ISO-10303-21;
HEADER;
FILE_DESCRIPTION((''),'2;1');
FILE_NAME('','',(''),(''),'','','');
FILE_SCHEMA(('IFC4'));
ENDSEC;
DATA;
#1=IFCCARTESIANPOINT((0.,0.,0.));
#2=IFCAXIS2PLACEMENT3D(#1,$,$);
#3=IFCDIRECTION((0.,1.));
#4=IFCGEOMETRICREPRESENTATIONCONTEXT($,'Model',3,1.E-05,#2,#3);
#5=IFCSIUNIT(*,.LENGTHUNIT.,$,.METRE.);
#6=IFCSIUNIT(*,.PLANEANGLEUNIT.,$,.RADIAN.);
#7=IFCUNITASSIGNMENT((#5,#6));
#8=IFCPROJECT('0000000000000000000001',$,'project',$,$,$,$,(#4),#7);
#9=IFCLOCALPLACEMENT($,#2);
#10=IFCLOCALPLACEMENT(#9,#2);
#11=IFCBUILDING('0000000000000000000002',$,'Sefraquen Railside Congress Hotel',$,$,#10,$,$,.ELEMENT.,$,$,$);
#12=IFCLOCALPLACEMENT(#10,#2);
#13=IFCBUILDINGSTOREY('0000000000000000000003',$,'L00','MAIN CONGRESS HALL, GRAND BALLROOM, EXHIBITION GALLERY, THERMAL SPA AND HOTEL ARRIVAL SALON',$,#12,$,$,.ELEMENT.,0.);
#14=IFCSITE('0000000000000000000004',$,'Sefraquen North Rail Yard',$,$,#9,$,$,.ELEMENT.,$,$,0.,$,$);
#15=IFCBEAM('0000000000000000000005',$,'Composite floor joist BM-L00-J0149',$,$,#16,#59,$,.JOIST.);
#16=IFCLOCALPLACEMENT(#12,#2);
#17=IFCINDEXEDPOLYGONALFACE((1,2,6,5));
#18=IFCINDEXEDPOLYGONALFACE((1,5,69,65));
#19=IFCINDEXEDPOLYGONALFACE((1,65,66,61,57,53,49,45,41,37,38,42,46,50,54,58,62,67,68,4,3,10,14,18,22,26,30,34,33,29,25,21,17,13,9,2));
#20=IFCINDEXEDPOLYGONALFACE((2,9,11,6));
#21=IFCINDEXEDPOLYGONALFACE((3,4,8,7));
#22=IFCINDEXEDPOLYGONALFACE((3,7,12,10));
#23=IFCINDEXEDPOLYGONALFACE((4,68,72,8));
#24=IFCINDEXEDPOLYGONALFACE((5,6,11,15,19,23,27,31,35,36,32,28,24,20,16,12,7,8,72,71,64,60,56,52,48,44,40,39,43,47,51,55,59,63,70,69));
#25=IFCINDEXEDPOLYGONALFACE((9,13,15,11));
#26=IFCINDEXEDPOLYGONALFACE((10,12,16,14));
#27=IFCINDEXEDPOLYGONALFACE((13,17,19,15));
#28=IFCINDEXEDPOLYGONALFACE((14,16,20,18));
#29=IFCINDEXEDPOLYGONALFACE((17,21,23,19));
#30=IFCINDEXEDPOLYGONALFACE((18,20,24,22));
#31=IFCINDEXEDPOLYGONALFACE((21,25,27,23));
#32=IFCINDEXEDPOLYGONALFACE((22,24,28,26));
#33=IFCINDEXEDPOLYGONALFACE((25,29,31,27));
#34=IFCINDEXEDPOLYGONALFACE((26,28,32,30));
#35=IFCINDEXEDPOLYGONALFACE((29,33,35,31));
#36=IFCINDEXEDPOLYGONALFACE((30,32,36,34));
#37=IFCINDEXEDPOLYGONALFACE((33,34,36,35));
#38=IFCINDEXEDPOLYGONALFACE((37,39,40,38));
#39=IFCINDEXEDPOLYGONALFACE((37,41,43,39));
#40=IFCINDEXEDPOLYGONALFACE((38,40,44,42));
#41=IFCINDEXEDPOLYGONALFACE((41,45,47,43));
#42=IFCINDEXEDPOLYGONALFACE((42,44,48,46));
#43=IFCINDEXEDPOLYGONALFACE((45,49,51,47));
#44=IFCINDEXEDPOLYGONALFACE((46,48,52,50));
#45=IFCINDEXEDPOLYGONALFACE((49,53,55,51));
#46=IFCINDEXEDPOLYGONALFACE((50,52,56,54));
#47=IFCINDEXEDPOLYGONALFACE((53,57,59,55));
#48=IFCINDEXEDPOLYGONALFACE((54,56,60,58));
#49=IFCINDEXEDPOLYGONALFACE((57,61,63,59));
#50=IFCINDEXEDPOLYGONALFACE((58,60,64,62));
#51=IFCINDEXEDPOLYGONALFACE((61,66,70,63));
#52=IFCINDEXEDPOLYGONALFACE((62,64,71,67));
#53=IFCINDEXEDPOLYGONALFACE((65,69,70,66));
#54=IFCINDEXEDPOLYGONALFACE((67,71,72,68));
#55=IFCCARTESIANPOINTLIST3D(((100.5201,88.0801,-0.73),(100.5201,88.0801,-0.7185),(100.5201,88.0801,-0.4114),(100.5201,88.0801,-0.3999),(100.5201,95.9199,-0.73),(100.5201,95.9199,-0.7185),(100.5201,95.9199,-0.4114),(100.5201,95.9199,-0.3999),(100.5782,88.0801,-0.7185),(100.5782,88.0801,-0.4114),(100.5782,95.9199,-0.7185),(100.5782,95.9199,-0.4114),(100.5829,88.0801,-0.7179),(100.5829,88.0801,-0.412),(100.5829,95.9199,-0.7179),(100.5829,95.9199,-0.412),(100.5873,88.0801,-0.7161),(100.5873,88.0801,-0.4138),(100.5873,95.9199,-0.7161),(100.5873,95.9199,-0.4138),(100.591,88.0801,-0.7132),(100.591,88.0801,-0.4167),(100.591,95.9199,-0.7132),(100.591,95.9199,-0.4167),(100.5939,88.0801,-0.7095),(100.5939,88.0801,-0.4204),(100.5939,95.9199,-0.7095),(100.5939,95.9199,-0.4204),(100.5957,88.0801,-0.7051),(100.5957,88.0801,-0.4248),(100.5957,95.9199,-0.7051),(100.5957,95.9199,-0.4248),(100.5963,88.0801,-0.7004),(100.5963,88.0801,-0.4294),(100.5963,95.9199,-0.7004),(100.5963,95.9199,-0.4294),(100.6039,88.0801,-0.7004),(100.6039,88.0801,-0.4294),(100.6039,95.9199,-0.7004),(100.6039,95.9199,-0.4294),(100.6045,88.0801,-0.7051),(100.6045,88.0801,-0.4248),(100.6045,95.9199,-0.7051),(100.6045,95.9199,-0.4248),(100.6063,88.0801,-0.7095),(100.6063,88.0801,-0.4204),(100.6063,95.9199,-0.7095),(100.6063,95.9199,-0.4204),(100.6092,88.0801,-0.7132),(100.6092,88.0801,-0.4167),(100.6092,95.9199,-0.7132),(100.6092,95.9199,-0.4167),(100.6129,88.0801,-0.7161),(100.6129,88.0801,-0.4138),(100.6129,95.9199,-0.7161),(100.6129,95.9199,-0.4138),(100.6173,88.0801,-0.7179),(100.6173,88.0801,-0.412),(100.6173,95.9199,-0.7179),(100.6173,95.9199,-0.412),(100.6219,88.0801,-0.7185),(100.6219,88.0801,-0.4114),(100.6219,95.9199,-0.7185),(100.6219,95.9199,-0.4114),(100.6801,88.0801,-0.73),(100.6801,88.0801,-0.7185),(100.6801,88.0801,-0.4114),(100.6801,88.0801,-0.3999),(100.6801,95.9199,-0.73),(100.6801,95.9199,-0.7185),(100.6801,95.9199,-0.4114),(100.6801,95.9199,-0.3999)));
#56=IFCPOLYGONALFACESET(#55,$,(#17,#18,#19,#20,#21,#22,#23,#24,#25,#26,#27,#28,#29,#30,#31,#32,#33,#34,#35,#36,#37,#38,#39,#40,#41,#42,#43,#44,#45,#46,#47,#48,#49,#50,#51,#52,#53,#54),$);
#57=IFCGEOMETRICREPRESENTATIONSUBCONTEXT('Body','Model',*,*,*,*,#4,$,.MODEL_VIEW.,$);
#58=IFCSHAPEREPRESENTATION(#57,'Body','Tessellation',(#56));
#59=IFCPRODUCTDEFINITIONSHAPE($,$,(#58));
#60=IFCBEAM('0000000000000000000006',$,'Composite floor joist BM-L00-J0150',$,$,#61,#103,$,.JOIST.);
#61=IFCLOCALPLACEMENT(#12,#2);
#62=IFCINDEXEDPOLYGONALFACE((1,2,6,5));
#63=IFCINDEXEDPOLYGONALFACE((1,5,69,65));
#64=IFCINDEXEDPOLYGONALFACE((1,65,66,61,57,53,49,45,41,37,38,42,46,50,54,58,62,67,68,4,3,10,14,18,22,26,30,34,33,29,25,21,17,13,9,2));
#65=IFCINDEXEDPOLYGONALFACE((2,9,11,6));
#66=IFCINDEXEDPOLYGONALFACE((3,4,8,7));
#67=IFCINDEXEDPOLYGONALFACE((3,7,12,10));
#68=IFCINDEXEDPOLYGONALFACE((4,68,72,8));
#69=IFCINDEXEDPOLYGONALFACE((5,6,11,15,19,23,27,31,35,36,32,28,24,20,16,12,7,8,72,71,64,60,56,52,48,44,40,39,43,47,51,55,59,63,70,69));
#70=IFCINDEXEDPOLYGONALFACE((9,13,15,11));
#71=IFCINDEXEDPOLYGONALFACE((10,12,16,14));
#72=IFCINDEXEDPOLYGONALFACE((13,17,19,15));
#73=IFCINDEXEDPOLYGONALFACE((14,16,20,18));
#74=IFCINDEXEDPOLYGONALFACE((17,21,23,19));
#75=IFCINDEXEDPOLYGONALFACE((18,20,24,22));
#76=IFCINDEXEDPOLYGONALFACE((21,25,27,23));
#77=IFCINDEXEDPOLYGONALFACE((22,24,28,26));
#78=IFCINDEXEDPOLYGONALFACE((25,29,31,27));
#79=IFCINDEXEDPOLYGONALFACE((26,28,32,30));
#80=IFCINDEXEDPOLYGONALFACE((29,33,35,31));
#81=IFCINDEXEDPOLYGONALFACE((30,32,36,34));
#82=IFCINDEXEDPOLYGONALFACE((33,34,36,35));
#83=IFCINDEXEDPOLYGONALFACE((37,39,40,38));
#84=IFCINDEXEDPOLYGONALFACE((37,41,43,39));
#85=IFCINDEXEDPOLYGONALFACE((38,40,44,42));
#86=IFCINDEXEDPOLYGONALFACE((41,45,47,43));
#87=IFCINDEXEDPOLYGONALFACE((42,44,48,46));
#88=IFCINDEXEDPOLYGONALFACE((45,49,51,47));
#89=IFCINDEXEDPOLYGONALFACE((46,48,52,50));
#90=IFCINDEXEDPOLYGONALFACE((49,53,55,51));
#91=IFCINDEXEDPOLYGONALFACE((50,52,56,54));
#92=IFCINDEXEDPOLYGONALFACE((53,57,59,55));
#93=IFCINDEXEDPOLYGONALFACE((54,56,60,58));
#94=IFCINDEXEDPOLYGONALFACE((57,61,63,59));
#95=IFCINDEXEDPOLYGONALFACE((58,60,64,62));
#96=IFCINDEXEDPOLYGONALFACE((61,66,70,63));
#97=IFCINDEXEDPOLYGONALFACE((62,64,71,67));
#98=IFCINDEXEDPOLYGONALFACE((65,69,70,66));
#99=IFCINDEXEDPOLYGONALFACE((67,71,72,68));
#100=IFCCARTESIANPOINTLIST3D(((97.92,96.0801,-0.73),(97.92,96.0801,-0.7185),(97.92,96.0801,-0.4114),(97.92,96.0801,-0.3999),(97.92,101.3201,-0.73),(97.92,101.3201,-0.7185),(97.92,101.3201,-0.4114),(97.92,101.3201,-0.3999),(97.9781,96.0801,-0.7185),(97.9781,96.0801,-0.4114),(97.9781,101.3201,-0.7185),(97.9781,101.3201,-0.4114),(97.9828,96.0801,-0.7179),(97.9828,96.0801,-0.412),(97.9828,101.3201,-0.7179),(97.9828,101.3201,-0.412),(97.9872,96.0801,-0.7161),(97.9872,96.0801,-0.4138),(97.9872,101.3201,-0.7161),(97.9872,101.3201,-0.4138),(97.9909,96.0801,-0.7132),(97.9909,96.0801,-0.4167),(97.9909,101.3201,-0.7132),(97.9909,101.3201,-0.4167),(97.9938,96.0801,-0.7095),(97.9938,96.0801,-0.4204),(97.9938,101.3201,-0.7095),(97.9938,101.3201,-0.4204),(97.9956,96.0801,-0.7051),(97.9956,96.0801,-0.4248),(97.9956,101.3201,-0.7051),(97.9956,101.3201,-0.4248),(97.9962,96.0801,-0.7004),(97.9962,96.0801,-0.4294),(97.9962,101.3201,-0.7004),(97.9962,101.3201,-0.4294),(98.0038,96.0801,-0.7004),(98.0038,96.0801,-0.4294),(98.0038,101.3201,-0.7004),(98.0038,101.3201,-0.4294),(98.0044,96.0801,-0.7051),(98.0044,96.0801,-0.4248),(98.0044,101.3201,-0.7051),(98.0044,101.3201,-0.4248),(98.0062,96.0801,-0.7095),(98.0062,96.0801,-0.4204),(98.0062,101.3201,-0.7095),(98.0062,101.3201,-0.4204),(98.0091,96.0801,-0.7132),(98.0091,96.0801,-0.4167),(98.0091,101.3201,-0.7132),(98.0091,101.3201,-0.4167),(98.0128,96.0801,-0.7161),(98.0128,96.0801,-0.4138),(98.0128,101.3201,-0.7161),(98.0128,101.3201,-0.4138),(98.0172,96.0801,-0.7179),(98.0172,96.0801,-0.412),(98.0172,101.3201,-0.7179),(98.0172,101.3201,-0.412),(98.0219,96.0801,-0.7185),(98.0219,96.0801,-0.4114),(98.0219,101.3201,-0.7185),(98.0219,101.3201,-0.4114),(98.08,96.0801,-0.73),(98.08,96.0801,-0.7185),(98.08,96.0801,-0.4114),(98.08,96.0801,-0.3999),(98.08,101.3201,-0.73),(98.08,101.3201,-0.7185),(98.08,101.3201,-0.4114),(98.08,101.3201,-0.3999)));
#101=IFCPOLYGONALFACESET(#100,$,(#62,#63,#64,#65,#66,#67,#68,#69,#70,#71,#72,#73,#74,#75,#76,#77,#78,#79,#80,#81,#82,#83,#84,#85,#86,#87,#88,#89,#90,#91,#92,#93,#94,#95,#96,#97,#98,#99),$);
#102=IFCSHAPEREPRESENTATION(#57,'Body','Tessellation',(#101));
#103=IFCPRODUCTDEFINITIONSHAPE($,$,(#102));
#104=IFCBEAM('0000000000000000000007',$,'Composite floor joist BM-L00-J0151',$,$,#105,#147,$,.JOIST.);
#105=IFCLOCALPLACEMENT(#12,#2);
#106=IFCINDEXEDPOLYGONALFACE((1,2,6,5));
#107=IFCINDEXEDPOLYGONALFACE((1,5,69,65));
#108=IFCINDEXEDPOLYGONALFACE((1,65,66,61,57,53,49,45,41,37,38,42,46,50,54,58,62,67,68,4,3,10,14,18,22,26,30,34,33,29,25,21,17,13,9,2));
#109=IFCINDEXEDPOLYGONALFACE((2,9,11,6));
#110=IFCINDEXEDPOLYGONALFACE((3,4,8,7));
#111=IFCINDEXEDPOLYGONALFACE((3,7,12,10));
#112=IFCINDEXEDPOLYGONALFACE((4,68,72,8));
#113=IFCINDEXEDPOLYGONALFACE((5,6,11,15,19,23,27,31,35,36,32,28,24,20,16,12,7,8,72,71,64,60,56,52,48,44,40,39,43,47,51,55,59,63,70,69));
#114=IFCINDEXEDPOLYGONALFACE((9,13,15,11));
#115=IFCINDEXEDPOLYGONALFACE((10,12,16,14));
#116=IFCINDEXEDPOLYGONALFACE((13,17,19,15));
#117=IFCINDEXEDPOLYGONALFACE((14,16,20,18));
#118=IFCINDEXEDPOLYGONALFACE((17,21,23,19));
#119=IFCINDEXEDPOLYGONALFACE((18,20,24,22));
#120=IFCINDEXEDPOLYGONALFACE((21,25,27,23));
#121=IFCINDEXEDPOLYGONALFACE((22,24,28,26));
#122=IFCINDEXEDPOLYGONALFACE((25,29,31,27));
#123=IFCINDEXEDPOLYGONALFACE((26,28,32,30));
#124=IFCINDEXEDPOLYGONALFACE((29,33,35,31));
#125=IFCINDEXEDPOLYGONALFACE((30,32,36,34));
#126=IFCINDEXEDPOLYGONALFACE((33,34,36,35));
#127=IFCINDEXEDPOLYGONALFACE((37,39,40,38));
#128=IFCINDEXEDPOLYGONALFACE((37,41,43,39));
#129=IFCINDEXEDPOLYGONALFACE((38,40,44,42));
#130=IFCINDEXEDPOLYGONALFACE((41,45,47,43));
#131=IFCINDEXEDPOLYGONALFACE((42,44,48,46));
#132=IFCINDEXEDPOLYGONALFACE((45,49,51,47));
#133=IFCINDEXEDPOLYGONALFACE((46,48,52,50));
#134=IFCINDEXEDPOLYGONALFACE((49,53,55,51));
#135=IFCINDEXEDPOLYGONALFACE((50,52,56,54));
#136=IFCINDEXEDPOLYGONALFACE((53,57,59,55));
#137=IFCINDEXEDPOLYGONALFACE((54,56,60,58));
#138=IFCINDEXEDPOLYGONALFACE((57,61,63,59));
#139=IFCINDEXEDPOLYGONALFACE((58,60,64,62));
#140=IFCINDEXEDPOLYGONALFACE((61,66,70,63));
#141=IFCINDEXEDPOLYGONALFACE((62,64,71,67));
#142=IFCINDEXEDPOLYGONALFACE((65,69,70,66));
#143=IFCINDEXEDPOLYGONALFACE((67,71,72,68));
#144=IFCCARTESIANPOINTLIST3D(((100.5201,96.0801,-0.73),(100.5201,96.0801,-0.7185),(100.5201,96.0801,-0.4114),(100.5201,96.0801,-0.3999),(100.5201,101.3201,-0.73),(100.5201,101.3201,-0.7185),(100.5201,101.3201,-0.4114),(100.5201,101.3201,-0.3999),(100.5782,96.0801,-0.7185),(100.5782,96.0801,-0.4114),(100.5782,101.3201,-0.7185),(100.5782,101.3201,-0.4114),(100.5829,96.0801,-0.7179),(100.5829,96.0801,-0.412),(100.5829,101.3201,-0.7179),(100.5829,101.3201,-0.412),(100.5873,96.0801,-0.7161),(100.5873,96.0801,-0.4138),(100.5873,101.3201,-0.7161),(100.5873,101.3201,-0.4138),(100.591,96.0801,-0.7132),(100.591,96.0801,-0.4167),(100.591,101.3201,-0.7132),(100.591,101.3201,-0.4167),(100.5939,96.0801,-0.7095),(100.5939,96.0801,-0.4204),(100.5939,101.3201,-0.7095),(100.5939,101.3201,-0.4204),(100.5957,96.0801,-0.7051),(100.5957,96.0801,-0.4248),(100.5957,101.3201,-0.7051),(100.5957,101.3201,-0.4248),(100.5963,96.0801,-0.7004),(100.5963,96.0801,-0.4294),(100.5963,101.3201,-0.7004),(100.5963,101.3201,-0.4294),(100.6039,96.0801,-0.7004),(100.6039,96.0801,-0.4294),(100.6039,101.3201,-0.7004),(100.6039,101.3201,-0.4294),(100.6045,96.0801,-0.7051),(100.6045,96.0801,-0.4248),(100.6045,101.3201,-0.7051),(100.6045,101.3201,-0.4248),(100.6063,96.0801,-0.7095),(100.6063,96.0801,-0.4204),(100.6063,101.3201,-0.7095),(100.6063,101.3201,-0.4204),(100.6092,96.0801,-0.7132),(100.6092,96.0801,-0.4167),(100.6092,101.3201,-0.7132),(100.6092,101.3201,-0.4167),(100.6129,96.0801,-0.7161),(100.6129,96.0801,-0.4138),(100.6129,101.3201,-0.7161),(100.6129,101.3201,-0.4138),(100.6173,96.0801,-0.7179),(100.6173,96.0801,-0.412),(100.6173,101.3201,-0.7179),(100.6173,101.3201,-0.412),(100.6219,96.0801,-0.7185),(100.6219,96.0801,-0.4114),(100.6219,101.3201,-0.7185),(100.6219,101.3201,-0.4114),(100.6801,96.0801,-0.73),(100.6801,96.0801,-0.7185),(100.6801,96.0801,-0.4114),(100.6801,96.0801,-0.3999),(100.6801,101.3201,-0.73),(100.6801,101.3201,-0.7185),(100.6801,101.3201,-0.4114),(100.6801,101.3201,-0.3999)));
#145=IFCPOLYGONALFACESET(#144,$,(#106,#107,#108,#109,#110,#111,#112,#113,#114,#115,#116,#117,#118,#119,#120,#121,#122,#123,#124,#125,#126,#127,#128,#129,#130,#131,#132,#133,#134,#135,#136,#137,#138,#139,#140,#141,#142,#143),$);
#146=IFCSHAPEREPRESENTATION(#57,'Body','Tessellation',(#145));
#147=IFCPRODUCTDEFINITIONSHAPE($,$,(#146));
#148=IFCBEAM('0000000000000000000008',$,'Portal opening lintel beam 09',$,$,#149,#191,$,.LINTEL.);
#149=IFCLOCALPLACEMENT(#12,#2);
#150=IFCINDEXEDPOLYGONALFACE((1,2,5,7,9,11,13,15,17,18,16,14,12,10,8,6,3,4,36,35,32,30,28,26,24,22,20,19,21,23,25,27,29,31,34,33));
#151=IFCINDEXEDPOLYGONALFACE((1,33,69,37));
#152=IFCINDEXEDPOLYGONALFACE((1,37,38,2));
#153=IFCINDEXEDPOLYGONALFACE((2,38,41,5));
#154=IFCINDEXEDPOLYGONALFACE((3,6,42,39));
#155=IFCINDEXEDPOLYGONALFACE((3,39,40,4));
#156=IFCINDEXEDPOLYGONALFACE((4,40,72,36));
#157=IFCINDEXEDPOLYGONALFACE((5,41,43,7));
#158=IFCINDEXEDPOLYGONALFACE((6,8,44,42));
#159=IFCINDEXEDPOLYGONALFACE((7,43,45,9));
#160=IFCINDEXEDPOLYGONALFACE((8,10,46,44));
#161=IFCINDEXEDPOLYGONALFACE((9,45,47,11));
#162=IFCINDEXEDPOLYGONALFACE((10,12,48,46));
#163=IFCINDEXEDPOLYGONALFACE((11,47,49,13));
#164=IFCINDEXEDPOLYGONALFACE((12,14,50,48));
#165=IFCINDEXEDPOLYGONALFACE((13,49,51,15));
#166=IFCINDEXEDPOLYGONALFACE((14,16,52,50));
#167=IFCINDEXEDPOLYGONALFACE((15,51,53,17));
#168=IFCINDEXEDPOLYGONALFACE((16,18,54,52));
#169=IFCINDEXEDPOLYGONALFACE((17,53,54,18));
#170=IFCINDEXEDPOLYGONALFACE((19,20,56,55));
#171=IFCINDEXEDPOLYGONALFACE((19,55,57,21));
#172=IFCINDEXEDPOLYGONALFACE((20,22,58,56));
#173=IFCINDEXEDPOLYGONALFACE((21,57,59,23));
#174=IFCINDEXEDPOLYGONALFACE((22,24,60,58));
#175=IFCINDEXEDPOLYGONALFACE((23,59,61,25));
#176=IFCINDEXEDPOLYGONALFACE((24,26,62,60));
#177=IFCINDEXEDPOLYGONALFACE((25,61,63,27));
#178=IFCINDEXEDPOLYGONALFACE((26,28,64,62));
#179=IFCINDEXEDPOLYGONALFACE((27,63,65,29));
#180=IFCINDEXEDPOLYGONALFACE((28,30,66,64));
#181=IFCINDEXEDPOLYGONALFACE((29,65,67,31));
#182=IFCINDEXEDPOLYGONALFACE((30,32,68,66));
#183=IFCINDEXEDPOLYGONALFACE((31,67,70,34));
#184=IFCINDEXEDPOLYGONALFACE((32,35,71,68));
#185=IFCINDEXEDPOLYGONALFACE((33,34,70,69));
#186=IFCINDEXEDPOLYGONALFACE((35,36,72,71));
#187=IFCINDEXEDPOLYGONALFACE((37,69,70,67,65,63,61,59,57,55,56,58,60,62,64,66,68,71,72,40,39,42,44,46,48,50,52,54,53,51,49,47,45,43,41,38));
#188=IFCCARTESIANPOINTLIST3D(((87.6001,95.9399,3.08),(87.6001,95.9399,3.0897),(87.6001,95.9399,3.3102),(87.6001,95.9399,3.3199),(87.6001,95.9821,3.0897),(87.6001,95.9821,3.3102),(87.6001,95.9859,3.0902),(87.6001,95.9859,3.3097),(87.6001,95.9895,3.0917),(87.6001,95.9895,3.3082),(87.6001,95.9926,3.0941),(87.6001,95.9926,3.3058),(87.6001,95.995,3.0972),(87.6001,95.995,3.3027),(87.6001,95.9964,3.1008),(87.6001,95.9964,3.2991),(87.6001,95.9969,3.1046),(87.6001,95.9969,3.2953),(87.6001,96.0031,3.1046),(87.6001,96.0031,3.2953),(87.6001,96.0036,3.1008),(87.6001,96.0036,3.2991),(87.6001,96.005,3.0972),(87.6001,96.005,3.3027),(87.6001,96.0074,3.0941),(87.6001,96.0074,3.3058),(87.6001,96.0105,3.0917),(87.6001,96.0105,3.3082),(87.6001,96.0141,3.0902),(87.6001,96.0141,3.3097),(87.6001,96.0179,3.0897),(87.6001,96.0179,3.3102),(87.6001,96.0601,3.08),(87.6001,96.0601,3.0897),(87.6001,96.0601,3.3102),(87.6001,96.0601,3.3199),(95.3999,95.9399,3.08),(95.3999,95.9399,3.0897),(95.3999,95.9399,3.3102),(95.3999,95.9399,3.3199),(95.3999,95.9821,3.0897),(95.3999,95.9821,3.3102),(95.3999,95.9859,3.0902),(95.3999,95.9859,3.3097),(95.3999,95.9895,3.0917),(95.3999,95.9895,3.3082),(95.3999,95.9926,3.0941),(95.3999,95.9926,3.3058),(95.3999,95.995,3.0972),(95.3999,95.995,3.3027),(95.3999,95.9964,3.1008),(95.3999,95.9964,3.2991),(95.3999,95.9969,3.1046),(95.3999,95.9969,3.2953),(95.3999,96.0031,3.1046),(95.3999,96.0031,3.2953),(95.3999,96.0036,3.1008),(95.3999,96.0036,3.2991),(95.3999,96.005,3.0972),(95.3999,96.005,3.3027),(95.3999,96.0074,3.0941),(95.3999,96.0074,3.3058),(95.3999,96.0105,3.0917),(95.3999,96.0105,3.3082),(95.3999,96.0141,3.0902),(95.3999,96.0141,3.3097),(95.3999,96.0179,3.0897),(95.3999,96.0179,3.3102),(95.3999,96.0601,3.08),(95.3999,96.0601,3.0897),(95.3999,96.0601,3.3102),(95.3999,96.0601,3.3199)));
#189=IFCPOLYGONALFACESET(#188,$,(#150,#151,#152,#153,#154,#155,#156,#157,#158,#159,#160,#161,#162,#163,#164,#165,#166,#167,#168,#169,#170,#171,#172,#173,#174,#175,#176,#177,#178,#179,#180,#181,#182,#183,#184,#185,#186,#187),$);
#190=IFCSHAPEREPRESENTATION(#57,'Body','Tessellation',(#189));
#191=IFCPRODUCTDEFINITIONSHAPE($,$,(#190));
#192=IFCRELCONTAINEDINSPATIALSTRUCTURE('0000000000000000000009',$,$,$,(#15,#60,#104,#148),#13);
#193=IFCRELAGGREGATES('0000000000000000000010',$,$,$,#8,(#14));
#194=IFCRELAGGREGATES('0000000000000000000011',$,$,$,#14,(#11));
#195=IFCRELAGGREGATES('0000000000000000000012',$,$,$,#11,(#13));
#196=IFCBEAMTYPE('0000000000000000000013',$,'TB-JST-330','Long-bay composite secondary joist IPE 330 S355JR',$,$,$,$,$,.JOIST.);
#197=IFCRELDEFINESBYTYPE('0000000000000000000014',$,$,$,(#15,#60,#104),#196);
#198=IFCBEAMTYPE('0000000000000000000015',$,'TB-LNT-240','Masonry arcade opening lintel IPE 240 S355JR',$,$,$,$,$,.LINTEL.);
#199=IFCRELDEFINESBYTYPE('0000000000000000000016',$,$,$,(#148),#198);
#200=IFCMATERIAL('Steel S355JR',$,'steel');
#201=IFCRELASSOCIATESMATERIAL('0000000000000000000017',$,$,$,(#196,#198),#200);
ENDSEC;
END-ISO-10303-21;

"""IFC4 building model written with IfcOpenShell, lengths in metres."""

from ifc_helpers import new_model, si_unit, direction, frame, origin, origin_2d, place, context, subcontext, project, spatial, i_section, extrude, material, material_profile, profile_set, type_object, element, save


model = new_model("IFC4")

# Units and contexts
model_context = context("Model", 3, precision=1e-05, world=origin(), true_north=direction((0.0, 1.0)))
body_context = subcontext(model_context, "Body", "Model", "MODEL_VIEW")
ifc_project = project(units=[si_unit("LENGTHUNIT", "METRE"), si_unit("PLANEANGLEUNIT", "RADIAN")], contexts=[model_context])

# Site, building, storey
site_placement = place(None, origin())
site = spatial("IfcSite", under=ifc_project, at=site_placement, Name="Sefraquen North Rail Yard", CompositionType="ELEMENT", RefElevation=0.0)
building_placement = place(site_placement, origin())
building = spatial("IfcBuilding", under=site, at=building_placement, Name="Sefraquen Railside Congress Hotel", CompositionType="ELEMENT")
storey_placement = place(building_placement, origin())
storey = spatial("IfcBuildingStorey", under=building, at=storey_placement, Name="L00", Description="MAIN CONGRESS HALL, GRAND BALLROOM, EXHIBITION GALLERY, THERMAL SPA AND HOTEL ARRIVAL SALON", CompositionType="ELEMENT", Elevation=0.0)

# Shared definitions
ifc_material_1 = material(Name="Steel S355JR", Category="steel")

# Beams
ifc_material_profile_1 = material_profile(ifc_material_1, i_section(OverallWidth=0.1599, OverallDepth=0.3301, WebThickness=0.0076, FlangeThickness=0.0115, FilletRadius=0.0181, at=origin_2d()), Name="IPE 330")
ifc_profile_set_1 = profile_set([ifc_material_profile_1], Name="Steel S355JR")
beam_type_1 = type_object("IfcBeamType", Name="TB-JST-330", Description="Long-bay composite secondary joist IPE 330 S355JR", PredefinedType="JOIST", material=ifc_profile_set_1)
for number, where, z_axis, x_axis, name in (
    (1, (100.6001, 88.0801, -0.5649), (0.0, 1.0, 0.0), (-1.0, 0.0, 0.0), "Composite floor joist BM-L00-J0149"),
):
    element("IfcBeam", number, at=place(storey_placement, frame(where, z_axis=z_axis, x_axis=x_axis)), inside=storey, type_object=beam_type_1, Name=name, PredefinedType="JOIST", context=body_context, shape_type="SweptSolid", body=[
        extrude(i_section(OverallWidth=0.1599, OverallDepth=0.3301, WebThickness=0.0076, FlangeThickness=0.0115, FilletRadius=0.0181, at=origin_2d()), origin(), (0.0, 0.0, 1.0), 7.8398),
    ])
for number, where, z_axis, x_axis, name in (
    (2, (98.0, 96.0801, -0.5649), (0.0, 1.0, 0.0), (-1.0, 0.0, 0.0), "Composite floor joist BM-L00-J0150"),
    (3, (100.6001, 96.0801, -0.5649), (0.0, 1.0, 0.0), (-1.0, 0.0, 0.0), "Composite floor joist BM-L00-J0151"),
):
    element("IfcBeam", number, at=place(storey_placement, frame(where, z_axis=z_axis, x_axis=x_axis)), inside=storey, type_object=beam_type_1, Name=name, PredefinedType="JOIST", context=body_context, shape_type="SweptSolid", body=[
        extrude(i_section(OverallWidth=0.1599, OverallDepth=0.3301, WebThickness=0.0076, FlangeThickness=0.0115, FilletRadius=0.0181, at=origin_2d()), origin(), (0.0, 0.0, 1.0), 5.24),
    ])
ifc_material_profile_2 = material_profile(ifc_material_1, i_section(OverallWidth=0.1201, OverallDepth=0.24, WebThickness=0.0061, FlangeThickness=0.0098, FilletRadius=0.0149, at=origin_2d()), Name="IPE 240")
ifc_profile_set_2 = profile_set([ifc_material_profile_2], Name="Steel S355JR")
beam_type_2 = type_object("IfcBeamType", Name="TB-LNT-240", Description="Masonry arcade opening lintel IPE 240 S355JR", PredefinedType="LINTEL", material=ifc_profile_set_2)
beam_1_placement = place(storey_placement, frame((87.6001, 96.0, 3.2), z_axis=(1.0, 0.0, 0.0), x_axis=(0.0, 1.0, 0.0)))
element("IfcBeam", 4, at=beam_1_placement, inside=storey, type_object=beam_type_2, Name="Portal opening lintel beam 09", PredefinedType="LINTEL", context=body_context, shape_type="SweptSolid", body=[
    extrude(i_section(OverallWidth=0.1201, OverallDepth=0.24, WebThickness=0.0061, FlangeThickness=0.0098, FilletRadius=0.0149, at=origin_2d()), origin(), (0.0, 0.0, 1.0), 7.7998),
])

save(model, "model.ifc")
